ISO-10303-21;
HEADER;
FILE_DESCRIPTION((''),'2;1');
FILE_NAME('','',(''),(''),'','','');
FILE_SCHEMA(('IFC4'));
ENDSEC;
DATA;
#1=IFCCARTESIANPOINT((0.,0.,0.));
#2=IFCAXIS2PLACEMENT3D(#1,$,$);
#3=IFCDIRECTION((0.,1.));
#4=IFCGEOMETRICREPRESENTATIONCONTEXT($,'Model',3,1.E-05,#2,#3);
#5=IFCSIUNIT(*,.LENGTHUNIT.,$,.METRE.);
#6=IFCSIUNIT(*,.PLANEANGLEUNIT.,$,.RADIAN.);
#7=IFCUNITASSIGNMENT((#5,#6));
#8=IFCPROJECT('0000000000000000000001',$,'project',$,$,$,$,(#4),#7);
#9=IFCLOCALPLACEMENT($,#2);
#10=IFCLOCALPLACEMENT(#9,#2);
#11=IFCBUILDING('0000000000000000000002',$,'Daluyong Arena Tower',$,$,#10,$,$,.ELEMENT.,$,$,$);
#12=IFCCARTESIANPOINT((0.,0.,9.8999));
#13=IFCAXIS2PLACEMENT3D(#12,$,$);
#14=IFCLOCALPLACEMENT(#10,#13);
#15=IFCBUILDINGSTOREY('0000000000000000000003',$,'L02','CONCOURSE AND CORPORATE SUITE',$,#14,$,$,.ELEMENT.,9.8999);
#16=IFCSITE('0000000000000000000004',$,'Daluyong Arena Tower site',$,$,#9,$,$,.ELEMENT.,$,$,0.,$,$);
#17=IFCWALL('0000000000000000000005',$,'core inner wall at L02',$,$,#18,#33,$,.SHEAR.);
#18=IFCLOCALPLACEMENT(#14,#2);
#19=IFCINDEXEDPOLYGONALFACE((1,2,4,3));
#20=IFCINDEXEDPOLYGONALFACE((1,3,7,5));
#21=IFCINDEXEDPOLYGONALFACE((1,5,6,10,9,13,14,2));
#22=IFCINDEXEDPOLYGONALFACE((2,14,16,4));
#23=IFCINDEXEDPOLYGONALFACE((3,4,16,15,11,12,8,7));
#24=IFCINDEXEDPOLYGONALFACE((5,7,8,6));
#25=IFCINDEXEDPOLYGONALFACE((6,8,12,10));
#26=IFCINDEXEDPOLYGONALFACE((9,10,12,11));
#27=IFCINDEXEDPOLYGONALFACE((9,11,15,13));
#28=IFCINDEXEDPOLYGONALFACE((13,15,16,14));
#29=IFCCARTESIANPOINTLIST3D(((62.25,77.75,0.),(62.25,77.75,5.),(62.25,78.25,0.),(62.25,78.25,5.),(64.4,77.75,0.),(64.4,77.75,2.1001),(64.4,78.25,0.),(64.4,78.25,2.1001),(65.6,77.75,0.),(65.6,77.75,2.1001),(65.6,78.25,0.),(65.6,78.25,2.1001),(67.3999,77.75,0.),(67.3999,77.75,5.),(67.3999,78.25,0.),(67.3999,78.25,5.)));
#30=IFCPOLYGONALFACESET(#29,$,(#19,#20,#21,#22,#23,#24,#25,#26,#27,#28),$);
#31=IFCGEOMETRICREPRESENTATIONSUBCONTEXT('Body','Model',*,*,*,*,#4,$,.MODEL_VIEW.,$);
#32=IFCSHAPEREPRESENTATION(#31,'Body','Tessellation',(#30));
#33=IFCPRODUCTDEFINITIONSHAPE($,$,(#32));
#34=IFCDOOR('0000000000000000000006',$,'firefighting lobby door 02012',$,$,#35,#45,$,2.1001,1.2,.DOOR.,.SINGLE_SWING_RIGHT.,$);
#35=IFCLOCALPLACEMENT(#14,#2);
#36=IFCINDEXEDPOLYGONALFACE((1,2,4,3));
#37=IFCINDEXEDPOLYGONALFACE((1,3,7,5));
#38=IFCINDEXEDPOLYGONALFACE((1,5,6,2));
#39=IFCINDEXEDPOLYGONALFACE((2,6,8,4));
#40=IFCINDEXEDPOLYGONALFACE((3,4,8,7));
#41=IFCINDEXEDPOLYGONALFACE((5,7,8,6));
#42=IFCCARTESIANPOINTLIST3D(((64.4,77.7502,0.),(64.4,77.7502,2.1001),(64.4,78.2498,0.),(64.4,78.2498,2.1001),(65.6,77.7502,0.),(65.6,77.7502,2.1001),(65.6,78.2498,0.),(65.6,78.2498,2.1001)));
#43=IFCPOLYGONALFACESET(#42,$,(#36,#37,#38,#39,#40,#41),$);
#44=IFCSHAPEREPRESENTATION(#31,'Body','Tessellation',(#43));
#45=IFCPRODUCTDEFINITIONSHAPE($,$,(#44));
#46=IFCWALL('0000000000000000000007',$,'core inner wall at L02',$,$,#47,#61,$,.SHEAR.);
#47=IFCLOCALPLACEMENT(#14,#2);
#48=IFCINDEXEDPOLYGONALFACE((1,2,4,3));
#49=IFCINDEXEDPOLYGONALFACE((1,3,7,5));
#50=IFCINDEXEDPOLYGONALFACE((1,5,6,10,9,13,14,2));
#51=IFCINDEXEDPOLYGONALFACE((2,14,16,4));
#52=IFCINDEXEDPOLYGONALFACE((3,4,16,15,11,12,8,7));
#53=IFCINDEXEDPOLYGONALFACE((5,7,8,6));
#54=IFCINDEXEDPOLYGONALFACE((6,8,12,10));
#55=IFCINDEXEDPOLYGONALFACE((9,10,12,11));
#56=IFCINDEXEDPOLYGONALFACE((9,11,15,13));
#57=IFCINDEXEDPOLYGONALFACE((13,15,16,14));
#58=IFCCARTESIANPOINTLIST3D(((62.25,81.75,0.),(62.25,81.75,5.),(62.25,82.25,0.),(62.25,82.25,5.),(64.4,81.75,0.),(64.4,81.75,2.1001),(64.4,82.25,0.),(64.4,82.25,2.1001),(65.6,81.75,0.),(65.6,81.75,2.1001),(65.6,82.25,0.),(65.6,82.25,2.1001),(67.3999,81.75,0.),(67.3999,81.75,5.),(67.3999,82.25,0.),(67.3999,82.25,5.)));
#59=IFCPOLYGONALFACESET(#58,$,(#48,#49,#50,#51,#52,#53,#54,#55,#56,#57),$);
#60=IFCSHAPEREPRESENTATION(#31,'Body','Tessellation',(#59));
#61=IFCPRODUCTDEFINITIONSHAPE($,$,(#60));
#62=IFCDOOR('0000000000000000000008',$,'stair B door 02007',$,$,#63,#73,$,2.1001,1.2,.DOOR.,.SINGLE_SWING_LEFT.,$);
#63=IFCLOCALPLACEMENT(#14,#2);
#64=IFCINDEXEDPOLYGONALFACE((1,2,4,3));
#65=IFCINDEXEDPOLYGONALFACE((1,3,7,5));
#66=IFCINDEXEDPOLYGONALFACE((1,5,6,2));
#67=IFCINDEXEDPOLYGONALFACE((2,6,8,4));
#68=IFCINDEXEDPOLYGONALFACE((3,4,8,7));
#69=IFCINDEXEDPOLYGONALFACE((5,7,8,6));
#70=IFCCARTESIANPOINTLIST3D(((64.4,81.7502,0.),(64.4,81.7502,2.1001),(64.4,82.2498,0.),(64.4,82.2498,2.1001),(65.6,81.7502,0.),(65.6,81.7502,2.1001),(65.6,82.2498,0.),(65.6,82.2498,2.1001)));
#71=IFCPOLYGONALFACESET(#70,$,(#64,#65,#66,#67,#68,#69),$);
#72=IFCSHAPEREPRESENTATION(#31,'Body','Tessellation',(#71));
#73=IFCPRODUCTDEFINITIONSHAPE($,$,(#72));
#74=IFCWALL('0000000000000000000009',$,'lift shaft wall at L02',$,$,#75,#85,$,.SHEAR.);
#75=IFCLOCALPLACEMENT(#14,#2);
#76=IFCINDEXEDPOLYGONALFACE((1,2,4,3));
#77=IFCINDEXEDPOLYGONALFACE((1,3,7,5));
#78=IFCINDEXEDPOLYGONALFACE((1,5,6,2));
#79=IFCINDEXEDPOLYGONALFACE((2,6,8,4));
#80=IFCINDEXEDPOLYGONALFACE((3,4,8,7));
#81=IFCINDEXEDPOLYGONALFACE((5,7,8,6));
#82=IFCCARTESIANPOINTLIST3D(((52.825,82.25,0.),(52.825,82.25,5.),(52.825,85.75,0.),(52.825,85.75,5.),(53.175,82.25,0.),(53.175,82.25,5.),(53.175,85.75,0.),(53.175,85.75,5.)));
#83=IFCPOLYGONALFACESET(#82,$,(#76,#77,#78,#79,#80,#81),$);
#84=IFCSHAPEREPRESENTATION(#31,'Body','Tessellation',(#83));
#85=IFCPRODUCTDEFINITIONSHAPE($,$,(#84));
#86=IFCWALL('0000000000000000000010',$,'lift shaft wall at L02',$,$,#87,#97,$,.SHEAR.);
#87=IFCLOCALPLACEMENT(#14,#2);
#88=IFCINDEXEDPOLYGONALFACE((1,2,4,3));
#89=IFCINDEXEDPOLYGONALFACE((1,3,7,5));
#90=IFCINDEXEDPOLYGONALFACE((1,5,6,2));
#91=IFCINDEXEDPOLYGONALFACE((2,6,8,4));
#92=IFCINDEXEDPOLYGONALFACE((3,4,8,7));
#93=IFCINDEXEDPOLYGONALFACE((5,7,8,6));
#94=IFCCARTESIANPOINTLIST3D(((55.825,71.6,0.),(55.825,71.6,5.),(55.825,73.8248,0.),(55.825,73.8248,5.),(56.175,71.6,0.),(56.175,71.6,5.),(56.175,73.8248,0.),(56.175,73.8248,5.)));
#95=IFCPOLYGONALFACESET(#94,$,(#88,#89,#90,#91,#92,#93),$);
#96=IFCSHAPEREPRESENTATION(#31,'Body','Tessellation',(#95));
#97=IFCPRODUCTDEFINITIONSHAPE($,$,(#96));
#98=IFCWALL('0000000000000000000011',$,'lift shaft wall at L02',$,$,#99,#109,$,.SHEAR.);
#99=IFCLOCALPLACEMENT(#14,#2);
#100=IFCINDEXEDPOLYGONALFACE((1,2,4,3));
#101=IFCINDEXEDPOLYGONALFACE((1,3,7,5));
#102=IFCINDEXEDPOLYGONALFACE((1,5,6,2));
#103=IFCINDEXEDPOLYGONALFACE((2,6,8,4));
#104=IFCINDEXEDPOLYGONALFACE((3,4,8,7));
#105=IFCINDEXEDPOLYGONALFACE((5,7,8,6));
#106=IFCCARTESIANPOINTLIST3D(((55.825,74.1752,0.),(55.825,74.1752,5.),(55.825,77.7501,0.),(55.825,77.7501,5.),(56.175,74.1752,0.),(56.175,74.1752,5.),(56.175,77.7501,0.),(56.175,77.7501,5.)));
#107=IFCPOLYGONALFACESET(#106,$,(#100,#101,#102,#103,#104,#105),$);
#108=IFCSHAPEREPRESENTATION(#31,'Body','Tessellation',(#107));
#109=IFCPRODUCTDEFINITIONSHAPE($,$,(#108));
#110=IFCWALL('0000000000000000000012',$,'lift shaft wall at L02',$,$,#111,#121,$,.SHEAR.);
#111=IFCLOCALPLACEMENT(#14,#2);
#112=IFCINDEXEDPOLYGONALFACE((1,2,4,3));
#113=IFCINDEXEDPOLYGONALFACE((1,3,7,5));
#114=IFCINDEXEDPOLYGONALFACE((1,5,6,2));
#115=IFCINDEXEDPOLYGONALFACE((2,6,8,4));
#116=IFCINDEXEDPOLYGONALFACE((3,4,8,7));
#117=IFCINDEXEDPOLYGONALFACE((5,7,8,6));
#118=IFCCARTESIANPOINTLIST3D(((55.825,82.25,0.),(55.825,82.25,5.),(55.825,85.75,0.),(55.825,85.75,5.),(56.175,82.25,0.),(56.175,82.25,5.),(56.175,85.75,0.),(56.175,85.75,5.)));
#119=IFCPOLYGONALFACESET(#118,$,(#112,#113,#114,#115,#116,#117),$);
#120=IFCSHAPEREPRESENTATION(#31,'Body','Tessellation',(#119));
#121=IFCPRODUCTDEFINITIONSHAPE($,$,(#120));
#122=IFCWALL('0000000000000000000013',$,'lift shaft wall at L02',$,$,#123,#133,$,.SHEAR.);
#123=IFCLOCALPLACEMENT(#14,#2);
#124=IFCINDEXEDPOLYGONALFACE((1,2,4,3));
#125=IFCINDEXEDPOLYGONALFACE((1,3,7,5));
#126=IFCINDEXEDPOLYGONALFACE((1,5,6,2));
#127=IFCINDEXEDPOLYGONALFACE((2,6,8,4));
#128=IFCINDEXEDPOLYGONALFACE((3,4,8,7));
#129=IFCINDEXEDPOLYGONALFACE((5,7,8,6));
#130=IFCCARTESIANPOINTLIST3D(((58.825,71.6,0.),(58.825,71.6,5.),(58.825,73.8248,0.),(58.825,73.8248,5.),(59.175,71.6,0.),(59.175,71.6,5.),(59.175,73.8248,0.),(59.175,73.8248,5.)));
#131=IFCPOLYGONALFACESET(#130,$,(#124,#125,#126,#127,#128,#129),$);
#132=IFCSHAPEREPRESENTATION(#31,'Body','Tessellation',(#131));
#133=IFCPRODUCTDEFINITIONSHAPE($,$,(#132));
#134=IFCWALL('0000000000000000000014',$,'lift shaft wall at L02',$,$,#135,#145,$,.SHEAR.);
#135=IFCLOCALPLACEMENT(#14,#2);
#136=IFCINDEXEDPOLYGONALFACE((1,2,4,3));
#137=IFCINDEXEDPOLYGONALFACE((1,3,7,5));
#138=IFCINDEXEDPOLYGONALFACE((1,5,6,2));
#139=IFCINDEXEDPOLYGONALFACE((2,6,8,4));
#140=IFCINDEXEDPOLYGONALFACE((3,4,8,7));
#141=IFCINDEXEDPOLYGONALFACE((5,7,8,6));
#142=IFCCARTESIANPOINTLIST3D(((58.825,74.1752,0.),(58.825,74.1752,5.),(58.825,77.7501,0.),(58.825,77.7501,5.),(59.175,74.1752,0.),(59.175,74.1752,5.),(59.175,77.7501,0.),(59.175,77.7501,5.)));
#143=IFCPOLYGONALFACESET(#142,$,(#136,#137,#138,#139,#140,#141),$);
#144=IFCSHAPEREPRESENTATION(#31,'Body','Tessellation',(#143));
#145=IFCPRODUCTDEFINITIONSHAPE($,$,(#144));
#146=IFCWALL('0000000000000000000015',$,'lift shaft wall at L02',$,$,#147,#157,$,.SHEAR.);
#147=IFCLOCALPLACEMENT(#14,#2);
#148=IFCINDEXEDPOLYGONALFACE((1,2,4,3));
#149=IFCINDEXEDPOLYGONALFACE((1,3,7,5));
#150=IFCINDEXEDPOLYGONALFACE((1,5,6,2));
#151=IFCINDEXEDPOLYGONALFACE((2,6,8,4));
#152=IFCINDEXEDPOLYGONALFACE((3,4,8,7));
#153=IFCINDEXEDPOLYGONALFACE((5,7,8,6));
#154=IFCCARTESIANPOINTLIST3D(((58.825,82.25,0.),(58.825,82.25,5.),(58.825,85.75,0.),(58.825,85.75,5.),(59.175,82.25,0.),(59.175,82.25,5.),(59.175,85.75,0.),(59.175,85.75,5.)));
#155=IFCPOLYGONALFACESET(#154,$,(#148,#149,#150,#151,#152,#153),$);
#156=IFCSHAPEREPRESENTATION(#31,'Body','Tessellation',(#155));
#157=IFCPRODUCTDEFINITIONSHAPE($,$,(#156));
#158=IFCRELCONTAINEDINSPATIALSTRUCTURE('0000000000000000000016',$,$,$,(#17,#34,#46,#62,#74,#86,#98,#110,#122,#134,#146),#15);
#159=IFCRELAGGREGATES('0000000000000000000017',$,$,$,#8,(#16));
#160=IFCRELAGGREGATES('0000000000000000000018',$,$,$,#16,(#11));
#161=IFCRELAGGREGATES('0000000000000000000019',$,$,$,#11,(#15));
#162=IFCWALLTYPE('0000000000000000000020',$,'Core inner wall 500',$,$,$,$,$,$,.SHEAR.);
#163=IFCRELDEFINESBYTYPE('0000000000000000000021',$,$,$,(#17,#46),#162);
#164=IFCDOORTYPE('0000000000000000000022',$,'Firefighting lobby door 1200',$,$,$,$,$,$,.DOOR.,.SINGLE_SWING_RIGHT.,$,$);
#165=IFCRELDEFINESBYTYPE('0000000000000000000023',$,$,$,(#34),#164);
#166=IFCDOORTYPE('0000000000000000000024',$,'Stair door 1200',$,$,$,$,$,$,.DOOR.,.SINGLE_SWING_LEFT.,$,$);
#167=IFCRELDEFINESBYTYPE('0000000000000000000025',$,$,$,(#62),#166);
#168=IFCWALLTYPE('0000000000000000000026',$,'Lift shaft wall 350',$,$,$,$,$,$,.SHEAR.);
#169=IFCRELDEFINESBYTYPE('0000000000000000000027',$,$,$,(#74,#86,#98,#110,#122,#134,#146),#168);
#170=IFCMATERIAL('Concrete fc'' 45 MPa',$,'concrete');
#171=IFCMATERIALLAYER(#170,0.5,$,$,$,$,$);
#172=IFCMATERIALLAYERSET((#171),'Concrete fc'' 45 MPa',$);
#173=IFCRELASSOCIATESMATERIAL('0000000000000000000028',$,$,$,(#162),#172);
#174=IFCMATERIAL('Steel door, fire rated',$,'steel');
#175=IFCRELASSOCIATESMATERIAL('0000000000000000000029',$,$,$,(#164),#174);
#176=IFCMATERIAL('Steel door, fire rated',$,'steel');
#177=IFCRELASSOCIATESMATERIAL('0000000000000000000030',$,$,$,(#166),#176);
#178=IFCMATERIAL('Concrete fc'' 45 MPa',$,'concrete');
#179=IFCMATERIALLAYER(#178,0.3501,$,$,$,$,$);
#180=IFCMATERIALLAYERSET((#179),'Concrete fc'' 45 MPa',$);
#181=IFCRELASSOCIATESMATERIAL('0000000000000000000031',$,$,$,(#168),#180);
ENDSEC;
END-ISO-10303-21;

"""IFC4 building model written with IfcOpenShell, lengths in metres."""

from ifc_helpers import new_model, si_unit, direction, frame, frame_2d, origin, place, context, subcontext, project, spatial, rectangle, extrude, material, layer, layer_set, type_object, element, fill, save


model = new_model("IFC4")

# Units and contexts
model_context = context("Model", 3, precision=1e-05, world=origin(), true_north=direction((0.0, 1.0)))
body_context = subcontext(model_context, "Body", "Model", "MODEL_VIEW")
ifc_project = project(units=[si_unit("LENGTHUNIT", "METRE"), si_unit("PLANEANGLEUNIT", "RADIAN")], contexts=[model_context])

# Site, building, storey
site_placement = place(None, origin())
site = spatial("IfcSite", under=ifc_project, at=site_placement, Name="Daluyong Arena Tower site", CompositionType="ELEMENT", RefElevation=0.0)
building_placement = place(site_placement, origin())
building = spatial("IfcBuilding", under=site, at=building_placement, Name="Daluyong Arena Tower", CompositionType="ELEMENT")
storey_placement = place(building_placement, frame((0.0, 0.0, 9.8999)))
storey = spatial("IfcBuildingStorey", under=building, at=storey_placement, Name="L02", Description="CONCOURSE AND CORPORATE SUITE", CompositionType="ELEMENT", Elevation=9.8999)

# Shared definitions
ifc_material_1 = material(Name="Concrete fc' 45 MPa", Category="concrete")
ifc_layer_1 = layer(ifc_material_1, 0.5)
ifc_layer_set_1 = layer_set([ifc_layer_1], Name="Concrete fc' 45 MPa")
wall_type_1 = type_object("IfcWallType", Name="Core inner wall 500", PredefinedType="SHEAR", material=ifc_layer_set_1)

# Walls, openings, doors
wall_1_placement = place(storey_placement, frame((62.25, 78.0, 0.0), z_axis=(0.0, 0.0, 1.0), x_axis=(1.0, 0.0, 0.0)))
wall_1 = element("IfcWall", 1, at=wall_1_placement, inside=storey, type_object=wall_type_1, Name="core inner wall at L02", PredefinedType="SHEAR", context=body_context, shape_type="SweptSolid", body=[
    extrude(rectangle(XDim=5.1499, YDim=0.5, at=frame_2d((2.575, 0.0))), origin(), (0.0, 0.0, 1.0), 5.0),
])
opening_1_placement = place(wall_1_placement, frame((2.1499, 0.0, 0.0)))
opening_1 = element("IfcOpeningElement", 2, at=opening_1_placement, cuts=wall_1, PredefinedType="OPENING", context=body_context, shape_type="SweptSolid", body=[
    extrude(rectangle(XDim=1.2, YDim=2.1001, at=frame_2d((0.6001, 1.05))), frame((0.0, 0.26, 0.0), z_axis=(0.0, -1.0, 0.0), x_axis=(1.0, 0.0, 0.0)), (0.0, 0.0, 1.0), 0.52),
])
ifc_material_2 = material(Name="Steel door, fire rated", Category="steel")
door_type_1 = type_object("IfcDoorType", Name="Firefighting lobby door 1200", OperationType="SINGLE_SWING_RIGHT", PredefinedType="DOOR", material=ifc_material_2)
door_1_placement = place(opening_1_placement, origin())
door_1 = element("IfcDoor", 3, at=door_1_placement, inside=storey, type_object=door_type_1, Name="firefighting lobby door 02012", OperationType="SINGLE_SWING_RIGHT", OverallHeight=2.1001, OverallWidth=1.2, PredefinedType="DOOR", context=body_context, shape_type="SweptSolid", body=[
    extrude(rectangle(XDim=1.2, YDim=2.1001, at=frame_2d((0.6001, 1.05))), frame((0.0, 0.2498, 0.0), z_axis=(0.0, -1.0, 0.0), x_axis=(1.0, 0.0, 0.0)), (0.0, 0.0, 1.0), 0.4995),
])
fill(opening_1, door_1)
wall_2_placement = place(storey_placement, frame((62.25, 82.0, 0.0), z_axis=(0.0, 0.0, 1.0), x_axis=(1.0, 0.0, 0.0)))
wall_2 = element("IfcWall", 4, at=wall_2_placement, inside=storey, type_object=wall_type_1, Name="core inner wall at L02", PredefinedType="SHEAR", context=body_context, shape_type="SweptSolid", body=[
    extrude(rectangle(XDim=5.1499, YDim=0.5, at=frame_2d((2.575, 0.0))), origin(), (0.0, 0.0, 1.0), 5.0),
])
opening_2_placement = place(wall_2_placement, frame((2.1499, 0.0, 0.0)))
opening_2 = element("IfcOpeningElement", 5, at=opening_2_placement, cuts=wall_2, PredefinedType="OPENING", context=body_context, shape_type="SweptSolid", body=[
    extrude(rectangle(XDim=1.2, YDim=2.1001, at=frame_2d((0.6001, 1.05))), frame((0.0, 0.26, 0.0), z_axis=(0.0, -1.0, 0.0), x_axis=(1.0, 0.0, 0.0)), (0.0, 0.0, 1.0), 0.52),
])
ifc_material_3 = material(Name="Steel door, fire rated", Category="steel")
door_type_2 = type_object("IfcDoorType", Name="Stair door 1200", OperationType="SINGLE_SWING_LEFT", PredefinedType="DOOR", material=ifc_material_3)
door_2_placement = place(opening_2_placement, origin())
door_2 = element("IfcDoor", 6, at=door_2_placement, inside=storey, type_object=door_type_2, Name="stair B door 02007", OperationType="SINGLE_SWING_LEFT", OverallHeight=2.1001, OverallWidth=1.2, PredefinedType="DOOR", context=body_context, shape_type="SweptSolid", body=[
    extrude(rectangle(XDim=1.2, YDim=2.1001, at=frame_2d((0.6001, 1.05))), frame((0.0, 0.2498, 0.0), z_axis=(0.0, -1.0, 0.0), x_axis=(1.0, 0.0, 0.0)), (0.0, 0.0, 1.0), 0.4995),
])
fill(opening_2, door_2)

# Walls
ifc_material_4 = material(Name="Concrete fc' 45 MPa", Category="concrete")
ifc_layer_2 = layer(ifc_material_4, 0.3501)
ifc_layer_set_2 = layer_set([ifc_layer_2], Name="Concrete fc' 45 MPa")
wall_type_2 = type_object("IfcWallType", Name="Lift shaft wall 350", PredefinedType="SHEAR", material=ifc_layer_set_2)
wall_3_placement = place(storey_placement, frame((53.0, 82.25, 0.0), z_axis=(0.0, 0.0, 1.0), x_axis=(0.0, 1.0, 0.0)))
element("IfcWall", 7, at=wall_3_placement, inside=storey, type_object=wall_type_2, Name="lift shaft wall at L02", PredefinedType="SHEAR", context=body_context, shape_type="SweptSolid", body=[
    extrude(rectangle(XDim=3.5, YDim=0.3501, at=frame_2d((1.75, 0.0))), origin(), (0.0, 0.0, 1.0), 5.0),
])
wall_4_placement = place(storey_placement, frame((56.0, 71.6001, 0.0), z_axis=(0.0, 0.0, 1.0), x_axis=(0.0, 1.0, 0.0)))
element("IfcWall", 8, at=wall_4_placement, inside=storey, type_object=wall_type_2, Name="lift shaft wall at L02", PredefinedType="SHEAR", context=body_context, shape_type="SweptSolid", body=[
    extrude(rectangle(XDim=2.2249, YDim=0.3501, at=frame_2d((1.1123, 0.0))), origin(), (0.0, 0.0, 1.0), 5.0),
])
wall_5_placement = place(storey_placement, frame((56.0, 74.175, 0.0), z_axis=(0.0, 0.0, 1.0), x_axis=(0.0, 1.0, 0.0)))
element("IfcWall", 9, at=wall_5_placement, inside=storey, type_object=wall_type_2, Name="lift shaft wall at L02", PredefinedType="SHEAR", context=body_context, shape_type="SweptSolid", body=[
    extrude(rectangle(XDim=3.575, YDim=0.3501, at=frame_2d((1.7876, 0.0))), origin(), (0.0, 0.0, 1.0), 5.0),
])
wall_6_placement = place(storey_placement, frame((56.0, 82.25, 0.0), z_axis=(0.0, 0.0, 1.0), x_axis=(0.0, 1.0, 0.0)))
element("IfcWall", 10, at=wall_6_placement, inside=storey, type_object=wall_type_2, Name="lift shaft wall at L02", PredefinedType="SHEAR", context=body_context, shape_type="SweptSolid", body=[
    extrude(rectangle(XDim=3.5, YDim=0.3501, at=frame_2d((1.75, 0.0))), origin(), (0.0, 0.0, 1.0), 5.0),
])
wall_7_placement = place(storey_placement, frame((59.0, 71.6001, 0.0), z_axis=(0.0, 0.0, 1.0), x_axis=(0.0, 1.0, 0.0)))
element("IfcWall", 11, at=wall_7_placement, inside=storey, type_object=wall_type_2, Name="lift shaft wall at L02", PredefinedType="SHEAR", context=body_context, shape_type="SweptSolid", body=[
    extrude(rectangle(XDim=2.2249, YDim=0.3501, at=frame_2d((1.1123, 0.0))), origin(), (0.0, 0.0, 1.0), 5.0),
])
wall_8_placement = place(storey_placement, frame((59.0, 74.175, 0.0), z_axis=(0.0, 0.0, 1.0), x_axis=(0.0, 1.0, 0.0)))
element("IfcWall", 12, at=wall_8_placement, inside=storey, type_object=wall_type_2, Name="lift shaft wall at L02", PredefinedType="SHEAR", context=body_context, shape_type="SweptSolid", body=[
    extrude(rectangle(XDim=3.575, YDim=0.3501, at=frame_2d((1.7876, 0.0))), origin(), (0.0, 0.0, 1.0), 5.0),
])
wall_9_placement = place(storey_placement, frame((59.0, 82.25, 0.0), z_axis=(0.0, 0.0, 1.0), x_axis=(0.0, 1.0, 0.0)))
element("IfcWall", 13, at=wall_9_placement, inside=storey, type_object=wall_type_2, Name="lift shaft wall at L02", PredefinedType="SHEAR", context=body_context, shape_type="SweptSolid", body=[
    extrude(rectangle(XDim=3.5, YDim=0.3501, at=frame_2d((1.75, 0.0))), origin(), (0.0, 0.0, 1.0), 5.0),
])

save(model, "model.ifc")
